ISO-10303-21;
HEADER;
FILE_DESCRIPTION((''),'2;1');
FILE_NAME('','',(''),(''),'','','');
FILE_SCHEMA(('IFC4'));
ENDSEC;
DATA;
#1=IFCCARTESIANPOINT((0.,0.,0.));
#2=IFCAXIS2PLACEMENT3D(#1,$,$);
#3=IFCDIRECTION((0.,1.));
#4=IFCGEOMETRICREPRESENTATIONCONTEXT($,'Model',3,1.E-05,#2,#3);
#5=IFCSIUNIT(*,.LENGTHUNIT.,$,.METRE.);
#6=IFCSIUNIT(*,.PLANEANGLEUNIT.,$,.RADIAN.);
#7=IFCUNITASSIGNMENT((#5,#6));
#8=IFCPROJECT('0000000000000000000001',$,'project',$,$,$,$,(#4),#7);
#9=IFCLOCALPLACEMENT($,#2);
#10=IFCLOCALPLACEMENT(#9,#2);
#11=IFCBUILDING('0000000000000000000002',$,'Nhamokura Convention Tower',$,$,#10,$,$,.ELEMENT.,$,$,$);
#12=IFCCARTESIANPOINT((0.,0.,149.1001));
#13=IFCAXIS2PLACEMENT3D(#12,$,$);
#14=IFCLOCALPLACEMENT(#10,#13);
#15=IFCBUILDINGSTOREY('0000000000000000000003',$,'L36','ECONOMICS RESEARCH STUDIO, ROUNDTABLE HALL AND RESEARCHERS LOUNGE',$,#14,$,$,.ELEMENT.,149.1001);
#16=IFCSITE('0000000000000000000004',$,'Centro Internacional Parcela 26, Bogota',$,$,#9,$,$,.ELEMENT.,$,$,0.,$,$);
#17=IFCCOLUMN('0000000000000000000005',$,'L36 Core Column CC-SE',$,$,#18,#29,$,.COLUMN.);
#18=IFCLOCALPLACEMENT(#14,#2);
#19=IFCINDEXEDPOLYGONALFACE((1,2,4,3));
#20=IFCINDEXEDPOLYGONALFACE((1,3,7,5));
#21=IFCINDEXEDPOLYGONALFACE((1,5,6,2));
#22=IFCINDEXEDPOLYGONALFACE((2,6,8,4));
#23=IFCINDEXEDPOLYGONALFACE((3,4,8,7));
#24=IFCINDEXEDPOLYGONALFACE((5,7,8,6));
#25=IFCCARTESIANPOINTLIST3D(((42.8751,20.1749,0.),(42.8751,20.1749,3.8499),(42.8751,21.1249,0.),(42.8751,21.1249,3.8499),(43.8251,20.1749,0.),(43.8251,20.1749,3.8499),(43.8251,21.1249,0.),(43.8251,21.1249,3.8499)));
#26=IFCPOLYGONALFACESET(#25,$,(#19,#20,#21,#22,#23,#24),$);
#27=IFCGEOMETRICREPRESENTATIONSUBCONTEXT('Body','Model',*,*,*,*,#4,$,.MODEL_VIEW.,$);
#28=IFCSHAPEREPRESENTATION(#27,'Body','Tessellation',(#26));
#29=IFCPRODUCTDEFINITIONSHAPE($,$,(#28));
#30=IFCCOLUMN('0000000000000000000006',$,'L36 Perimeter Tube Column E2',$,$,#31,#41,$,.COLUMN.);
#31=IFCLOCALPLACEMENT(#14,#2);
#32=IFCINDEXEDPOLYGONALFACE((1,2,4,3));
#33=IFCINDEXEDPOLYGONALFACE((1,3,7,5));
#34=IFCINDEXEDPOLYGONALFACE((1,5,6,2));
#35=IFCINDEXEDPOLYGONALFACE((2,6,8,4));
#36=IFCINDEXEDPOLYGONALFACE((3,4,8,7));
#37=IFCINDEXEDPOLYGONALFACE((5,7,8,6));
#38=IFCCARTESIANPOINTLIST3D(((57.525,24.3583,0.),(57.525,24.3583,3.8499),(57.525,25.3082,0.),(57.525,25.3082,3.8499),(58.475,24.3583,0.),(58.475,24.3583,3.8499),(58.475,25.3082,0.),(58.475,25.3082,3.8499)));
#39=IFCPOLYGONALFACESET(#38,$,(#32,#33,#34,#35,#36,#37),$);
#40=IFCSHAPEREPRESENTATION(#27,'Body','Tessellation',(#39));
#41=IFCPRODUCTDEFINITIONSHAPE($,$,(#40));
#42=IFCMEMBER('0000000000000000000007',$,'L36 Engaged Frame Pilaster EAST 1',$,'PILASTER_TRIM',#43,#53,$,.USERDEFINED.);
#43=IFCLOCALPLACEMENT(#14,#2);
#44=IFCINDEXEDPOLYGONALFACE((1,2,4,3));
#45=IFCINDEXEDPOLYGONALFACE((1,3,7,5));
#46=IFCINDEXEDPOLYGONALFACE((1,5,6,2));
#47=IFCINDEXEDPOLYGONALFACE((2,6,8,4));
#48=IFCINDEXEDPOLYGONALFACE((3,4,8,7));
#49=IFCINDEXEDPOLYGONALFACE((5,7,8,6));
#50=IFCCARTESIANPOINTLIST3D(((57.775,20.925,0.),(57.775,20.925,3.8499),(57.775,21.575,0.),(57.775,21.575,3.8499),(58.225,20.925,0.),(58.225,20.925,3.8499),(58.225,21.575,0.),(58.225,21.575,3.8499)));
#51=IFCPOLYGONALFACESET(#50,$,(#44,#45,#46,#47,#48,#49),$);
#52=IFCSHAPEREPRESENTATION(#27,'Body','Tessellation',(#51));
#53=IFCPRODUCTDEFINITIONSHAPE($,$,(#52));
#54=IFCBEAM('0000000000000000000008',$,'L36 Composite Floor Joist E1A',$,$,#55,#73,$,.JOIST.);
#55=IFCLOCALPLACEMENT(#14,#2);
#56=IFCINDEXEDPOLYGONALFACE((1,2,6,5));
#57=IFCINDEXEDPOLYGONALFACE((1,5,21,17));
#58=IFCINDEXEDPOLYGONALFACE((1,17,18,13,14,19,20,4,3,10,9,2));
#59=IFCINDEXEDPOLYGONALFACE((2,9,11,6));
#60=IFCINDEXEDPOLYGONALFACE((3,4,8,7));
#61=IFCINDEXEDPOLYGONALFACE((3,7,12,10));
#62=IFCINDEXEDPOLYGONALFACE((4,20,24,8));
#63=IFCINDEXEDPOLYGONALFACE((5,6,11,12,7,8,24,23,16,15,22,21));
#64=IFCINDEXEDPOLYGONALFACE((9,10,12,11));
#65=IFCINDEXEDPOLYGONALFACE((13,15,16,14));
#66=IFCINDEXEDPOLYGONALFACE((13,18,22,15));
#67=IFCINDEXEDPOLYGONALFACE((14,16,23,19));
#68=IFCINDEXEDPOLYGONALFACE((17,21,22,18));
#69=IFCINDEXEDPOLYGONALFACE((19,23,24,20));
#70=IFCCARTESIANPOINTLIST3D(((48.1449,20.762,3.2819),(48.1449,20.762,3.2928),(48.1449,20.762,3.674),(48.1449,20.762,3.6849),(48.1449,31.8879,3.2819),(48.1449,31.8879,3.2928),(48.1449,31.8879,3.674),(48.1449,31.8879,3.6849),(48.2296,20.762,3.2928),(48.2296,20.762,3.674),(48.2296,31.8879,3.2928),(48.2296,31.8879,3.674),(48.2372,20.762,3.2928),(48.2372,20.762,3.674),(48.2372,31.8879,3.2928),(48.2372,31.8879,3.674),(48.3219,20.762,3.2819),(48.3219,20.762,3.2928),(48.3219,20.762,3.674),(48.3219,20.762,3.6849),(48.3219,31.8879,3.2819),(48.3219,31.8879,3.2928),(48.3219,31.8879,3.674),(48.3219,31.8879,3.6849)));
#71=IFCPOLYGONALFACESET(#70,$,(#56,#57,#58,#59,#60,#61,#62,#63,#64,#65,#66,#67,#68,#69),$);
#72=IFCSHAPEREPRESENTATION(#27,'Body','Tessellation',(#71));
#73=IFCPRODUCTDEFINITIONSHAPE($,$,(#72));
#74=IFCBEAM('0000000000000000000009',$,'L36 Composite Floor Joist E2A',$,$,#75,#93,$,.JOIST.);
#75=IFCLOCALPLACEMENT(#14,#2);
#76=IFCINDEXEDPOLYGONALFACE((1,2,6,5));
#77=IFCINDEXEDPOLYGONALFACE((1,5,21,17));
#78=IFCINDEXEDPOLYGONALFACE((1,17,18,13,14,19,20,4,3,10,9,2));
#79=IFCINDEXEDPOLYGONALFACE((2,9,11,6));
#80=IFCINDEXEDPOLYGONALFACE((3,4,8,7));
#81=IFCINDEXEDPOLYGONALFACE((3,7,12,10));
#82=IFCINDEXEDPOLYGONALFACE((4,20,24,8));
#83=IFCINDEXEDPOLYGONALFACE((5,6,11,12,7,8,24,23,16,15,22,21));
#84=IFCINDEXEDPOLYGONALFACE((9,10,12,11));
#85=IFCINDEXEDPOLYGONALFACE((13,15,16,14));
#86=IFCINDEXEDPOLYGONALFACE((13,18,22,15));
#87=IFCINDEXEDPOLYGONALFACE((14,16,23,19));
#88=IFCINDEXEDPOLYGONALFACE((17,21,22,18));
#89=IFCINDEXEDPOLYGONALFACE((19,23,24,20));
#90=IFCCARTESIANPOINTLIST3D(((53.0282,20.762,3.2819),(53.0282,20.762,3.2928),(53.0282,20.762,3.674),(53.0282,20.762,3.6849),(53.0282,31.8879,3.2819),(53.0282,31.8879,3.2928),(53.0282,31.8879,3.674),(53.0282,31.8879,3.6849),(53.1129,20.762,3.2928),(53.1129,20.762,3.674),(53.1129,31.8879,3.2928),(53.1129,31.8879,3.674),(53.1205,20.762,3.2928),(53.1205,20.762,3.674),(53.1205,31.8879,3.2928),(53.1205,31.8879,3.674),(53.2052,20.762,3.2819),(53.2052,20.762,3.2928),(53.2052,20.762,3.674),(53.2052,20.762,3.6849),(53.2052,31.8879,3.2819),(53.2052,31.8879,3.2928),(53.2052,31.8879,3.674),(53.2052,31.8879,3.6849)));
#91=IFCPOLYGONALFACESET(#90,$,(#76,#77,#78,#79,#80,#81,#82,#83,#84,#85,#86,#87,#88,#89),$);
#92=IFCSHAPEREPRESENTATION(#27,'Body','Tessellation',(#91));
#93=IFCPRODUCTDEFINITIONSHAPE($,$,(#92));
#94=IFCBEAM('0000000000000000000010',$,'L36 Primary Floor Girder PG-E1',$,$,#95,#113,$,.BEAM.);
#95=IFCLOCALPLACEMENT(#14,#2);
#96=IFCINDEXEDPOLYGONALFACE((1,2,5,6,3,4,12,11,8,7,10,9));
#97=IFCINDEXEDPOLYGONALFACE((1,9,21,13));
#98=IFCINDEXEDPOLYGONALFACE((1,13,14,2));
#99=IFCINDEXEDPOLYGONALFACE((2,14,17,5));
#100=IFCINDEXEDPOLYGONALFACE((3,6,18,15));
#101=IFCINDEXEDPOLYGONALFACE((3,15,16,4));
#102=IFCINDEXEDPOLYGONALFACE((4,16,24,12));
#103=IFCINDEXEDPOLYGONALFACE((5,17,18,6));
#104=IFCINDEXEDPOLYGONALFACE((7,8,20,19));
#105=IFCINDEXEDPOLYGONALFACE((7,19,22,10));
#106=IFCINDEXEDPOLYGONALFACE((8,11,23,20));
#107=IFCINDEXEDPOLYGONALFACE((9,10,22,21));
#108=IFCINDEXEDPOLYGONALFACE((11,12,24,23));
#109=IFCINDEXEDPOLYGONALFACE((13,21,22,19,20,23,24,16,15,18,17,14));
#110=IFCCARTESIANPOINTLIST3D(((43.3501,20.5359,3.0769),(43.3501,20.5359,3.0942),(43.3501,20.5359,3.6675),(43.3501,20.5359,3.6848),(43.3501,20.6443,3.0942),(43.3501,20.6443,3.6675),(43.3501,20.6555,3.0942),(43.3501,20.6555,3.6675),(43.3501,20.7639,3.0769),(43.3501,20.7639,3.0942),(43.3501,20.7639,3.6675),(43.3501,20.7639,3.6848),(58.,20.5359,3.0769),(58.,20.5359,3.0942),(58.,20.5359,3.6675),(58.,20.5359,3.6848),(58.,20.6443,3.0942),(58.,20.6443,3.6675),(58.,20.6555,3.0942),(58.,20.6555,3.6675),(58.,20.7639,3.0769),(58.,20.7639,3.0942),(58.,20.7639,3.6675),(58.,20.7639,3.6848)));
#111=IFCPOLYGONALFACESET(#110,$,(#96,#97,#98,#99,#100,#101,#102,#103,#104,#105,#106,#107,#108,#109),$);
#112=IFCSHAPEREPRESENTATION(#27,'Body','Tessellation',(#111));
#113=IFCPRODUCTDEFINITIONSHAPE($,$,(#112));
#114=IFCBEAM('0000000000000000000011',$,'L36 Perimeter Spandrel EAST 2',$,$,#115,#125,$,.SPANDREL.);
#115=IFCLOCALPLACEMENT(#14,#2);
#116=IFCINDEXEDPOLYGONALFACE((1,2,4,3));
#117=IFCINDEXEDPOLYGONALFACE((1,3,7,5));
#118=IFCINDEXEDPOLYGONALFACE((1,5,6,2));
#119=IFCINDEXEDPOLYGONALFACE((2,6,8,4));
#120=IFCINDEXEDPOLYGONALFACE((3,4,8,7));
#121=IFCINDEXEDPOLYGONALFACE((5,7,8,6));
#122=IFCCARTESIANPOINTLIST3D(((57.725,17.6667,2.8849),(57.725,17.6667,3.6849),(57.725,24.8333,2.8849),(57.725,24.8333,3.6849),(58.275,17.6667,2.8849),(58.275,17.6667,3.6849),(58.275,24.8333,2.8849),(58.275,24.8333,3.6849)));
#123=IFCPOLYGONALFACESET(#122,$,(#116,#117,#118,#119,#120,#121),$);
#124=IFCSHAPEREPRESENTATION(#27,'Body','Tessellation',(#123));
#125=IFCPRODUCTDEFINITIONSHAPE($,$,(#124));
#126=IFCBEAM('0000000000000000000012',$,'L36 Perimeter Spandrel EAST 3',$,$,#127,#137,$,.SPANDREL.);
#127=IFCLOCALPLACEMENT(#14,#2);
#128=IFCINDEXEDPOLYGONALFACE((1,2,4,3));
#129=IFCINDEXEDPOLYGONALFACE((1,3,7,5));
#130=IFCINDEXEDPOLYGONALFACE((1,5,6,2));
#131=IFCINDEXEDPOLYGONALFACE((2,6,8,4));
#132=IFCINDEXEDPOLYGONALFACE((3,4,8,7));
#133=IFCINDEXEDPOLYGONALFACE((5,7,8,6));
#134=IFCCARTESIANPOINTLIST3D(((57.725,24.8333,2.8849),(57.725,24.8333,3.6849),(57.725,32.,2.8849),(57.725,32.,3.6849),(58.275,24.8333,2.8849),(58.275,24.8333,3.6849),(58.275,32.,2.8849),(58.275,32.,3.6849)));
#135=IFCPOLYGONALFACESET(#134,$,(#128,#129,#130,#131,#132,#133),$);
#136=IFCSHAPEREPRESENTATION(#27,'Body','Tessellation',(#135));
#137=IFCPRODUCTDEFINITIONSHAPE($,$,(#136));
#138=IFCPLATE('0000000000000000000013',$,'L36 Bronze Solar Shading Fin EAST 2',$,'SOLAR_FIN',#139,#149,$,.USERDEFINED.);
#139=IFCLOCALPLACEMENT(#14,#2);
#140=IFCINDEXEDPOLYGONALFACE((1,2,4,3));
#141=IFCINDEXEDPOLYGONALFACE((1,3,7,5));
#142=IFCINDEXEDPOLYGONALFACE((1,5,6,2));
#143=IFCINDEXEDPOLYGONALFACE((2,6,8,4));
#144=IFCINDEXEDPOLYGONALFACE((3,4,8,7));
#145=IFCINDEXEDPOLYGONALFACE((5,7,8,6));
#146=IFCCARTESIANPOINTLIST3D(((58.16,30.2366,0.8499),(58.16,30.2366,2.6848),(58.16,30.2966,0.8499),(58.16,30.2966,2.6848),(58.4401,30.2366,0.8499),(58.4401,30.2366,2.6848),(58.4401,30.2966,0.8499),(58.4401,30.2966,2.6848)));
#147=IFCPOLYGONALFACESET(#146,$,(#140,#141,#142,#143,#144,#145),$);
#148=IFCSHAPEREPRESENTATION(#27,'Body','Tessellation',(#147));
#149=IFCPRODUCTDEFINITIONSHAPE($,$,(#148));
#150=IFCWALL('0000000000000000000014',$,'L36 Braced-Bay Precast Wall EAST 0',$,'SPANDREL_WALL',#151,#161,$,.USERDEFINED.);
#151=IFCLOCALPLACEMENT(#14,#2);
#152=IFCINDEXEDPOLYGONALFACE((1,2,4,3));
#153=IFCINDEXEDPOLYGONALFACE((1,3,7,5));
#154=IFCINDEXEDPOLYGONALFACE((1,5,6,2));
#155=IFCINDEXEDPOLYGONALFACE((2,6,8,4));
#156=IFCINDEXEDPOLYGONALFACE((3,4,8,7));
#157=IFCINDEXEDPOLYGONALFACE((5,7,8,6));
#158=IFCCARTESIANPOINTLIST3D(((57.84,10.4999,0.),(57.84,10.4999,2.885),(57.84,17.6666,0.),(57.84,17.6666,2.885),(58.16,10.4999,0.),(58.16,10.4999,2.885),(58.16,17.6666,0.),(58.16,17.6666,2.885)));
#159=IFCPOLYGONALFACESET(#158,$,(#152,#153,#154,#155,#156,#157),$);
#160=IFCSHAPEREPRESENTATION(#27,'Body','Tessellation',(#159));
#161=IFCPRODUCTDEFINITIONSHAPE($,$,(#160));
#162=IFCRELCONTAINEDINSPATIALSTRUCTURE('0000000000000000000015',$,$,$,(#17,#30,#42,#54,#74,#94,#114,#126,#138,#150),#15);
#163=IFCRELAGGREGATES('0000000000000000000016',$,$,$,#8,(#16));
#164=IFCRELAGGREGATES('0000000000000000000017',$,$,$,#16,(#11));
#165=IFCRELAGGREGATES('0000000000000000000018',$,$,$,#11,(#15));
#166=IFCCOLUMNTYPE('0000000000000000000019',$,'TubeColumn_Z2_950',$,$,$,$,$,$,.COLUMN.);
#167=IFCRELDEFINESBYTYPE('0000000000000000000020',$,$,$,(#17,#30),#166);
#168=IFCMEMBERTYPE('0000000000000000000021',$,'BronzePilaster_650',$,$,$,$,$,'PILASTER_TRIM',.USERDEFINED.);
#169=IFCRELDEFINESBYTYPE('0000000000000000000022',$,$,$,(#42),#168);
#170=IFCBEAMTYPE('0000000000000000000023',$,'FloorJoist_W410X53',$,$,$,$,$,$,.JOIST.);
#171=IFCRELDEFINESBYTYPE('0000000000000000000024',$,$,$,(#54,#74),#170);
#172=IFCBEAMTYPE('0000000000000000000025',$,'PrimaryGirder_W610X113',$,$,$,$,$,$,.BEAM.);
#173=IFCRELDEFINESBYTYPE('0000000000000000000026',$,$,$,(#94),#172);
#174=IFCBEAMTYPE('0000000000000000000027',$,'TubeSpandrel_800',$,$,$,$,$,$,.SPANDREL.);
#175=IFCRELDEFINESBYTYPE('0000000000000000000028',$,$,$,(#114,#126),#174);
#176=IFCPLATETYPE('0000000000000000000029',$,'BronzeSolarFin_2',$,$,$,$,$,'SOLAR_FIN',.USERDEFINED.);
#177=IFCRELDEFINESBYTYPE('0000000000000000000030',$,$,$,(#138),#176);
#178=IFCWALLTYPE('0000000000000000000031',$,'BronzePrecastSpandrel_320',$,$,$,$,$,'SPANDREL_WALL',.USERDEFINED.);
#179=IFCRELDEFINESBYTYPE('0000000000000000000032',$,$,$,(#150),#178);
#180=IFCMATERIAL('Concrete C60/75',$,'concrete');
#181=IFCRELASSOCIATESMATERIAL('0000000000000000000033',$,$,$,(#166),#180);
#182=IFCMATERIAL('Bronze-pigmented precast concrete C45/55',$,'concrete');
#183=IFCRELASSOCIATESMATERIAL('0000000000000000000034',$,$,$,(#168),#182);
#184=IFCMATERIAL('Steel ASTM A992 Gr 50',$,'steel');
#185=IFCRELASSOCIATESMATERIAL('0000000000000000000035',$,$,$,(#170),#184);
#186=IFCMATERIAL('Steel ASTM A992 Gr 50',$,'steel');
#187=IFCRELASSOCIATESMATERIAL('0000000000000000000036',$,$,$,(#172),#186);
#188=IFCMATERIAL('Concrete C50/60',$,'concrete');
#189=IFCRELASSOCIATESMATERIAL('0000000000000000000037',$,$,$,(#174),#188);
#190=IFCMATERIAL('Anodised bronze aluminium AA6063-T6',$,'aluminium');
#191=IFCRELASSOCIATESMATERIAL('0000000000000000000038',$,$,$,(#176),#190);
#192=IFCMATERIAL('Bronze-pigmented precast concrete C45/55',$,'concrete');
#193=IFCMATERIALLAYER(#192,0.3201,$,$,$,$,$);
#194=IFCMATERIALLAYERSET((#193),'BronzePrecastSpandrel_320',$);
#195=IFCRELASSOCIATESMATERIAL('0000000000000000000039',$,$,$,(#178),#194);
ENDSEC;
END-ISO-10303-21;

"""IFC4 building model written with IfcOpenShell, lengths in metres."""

from ifc_helpers import new_model, si_unit, direction, frame, frame_2d, origin, origin_2d, place, context, subcontext, project, spatial, rectangle, i_section, extrude, material, layer, layer_set, material_profile, profile_set, type_object, element, save


model = new_model("IFC4")

# Units and contexts
model_context = context("Model", 3, precision=1e-05, world=origin(), true_north=direction((0.0, 1.0)))
body_context = subcontext(model_context, "Body", "Model", "MODEL_VIEW")
ifc_project = project(units=[si_unit("LENGTHUNIT", "METRE"), si_unit("PLANEANGLEUNIT", "RADIAN")], contexts=[model_context])

# Site, building, storey
site_placement = place(None, origin())
site = spatial("IfcSite", under=ifc_project, at=site_placement, Name="Centro Internacional Parcela 26, Bogota", CompositionType="ELEMENT", RefElevation=0.0)
building_placement = place(site_placement, origin())
building = spatial("IfcBuilding", under=site, at=building_placement, Name="Nhamokura Convention Tower", CompositionType="ELEMENT")
storey_placement = place(building_placement, frame((0.0, 0.0, 149.1001)))
storey = spatial("IfcBuildingStorey", under=building, at=storey_placement, Name="L36", Description="ECONOMICS RESEARCH STUDIO, ROUNDTABLE HALL AND RESEARCHERS LOUNGE", CompositionType="ELEMENT", Elevation=149.1001)

# Columns
ifc_material_1 = material(Name="Concrete C60/75", Category="concrete")
ifc_material_profile_1 = material_profile(ifc_material_1, rectangle(XDim=0.95, YDim=0.95, at=origin_2d()))
ifc_profile_set_1 = profile_set([ifc_material_profile_1], Name="Concrete C60/75")
column_type = type_object("IfcColumnType", Name="TubeColumn_Z2_950", PredefinedType="COLUMN", material=ifc_profile_set_1)
for number, where, z_axis, x_axis, name in (
    (1, (43.3501, 20.6499, 0.0), (0.0, 0.0, 1.0), (1.0, 0.0, 0.0), "L36 Core Column CC-SE"),
    (2, (58.0, 24.8333, 0.0), (0.0, 0.0, 1.0), (1.0, 0.0, 0.0), "L36 Perimeter Tube Column E2"),
):
    element("IfcColumn", number, at=place(storey_placement, frame(where, z_axis=z_axis, x_axis=x_axis)), inside=storey, type_object=column_type, Name=name, PredefinedType="COLUMN", context=body_context, shape_type="SweptSolid", body=[
        extrude(rectangle(XDim=0.95, YDim=0.95, at=origin_2d()), origin(), (0.0, 0.0, 1.0), 3.8499),
    ])

# Member
ifc_material_2 = material(Name="Bronze-pigmented precast concrete C45/55", Category="concrete")
ifc_material_profile_2 = material_profile(ifc_material_2, rectangle(XDim=0.45, YDim=0.6499, at=origin_2d()))
ifc_profile_set_2 = profile_set([ifc_material_profile_2], Name="Bronze-pigmented precast concrete C45/55")
member_type = type_object("IfcMemberType", Name="BronzePilaster_650", ElementType="PILASTER_TRIM", PredefinedType="USERDEFINED", material=ifc_profile_set_2)
member_placement = place(storey_placement, frame((58.0, 21.25, 0.0), z_axis=(0.0, 0.0, 1.0), x_axis=(1.0, 0.0, 0.0)))
element("IfcMember", 3, at=member_placement, inside=storey, type_object=member_type, Name="L36 Engaged Frame Pilaster EAST 1", ObjectType="PILASTER_TRIM", PredefinedType="USERDEFINED", context=body_context, shape_type="SweptSolid", body=[
    extrude(rectangle(XDim=0.45, YDim=0.6499, at=origin_2d()), origin(), (0.0, 0.0, 1.0), 3.8499),
])

# Beams
ifc_material_3 = material(Name="Steel ASTM A992 Gr 50", Category="steel")
ifc_material_profile_3 = material_profile(ifc_material_3, i_section(OverallWidth=0.177, OverallDepth=0.4031, WebThickness=0.0076, FlangeThickness=0.011, at=origin_2d()))
ifc_profile_set_3 = profile_set([ifc_material_profile_3], Name="Steel ASTM A992 Gr 50")
beam_type_1 = type_object("IfcBeamType", Name="FloorJoist_W410X53", PredefinedType="JOIST", material=ifc_profile_set_3)
for number, where, z_axis, x_axis, name in (
    (4, (48.2334, 20.762, 3.4834), (0.0, 1.0, 0.0), (-1.0, 0.0, 0.0), "L36 Composite Floor Joist E1A"),
    (5, (53.1167, 20.762, 3.4834), (0.0, 1.0, 0.0), (-1.0, 0.0, 0.0), "L36 Composite Floor Joist E2A"),
):
    element("IfcBeam", number, at=place(storey_placement, frame(where, z_axis=z_axis, x_axis=x_axis)), inside=storey, type_object=beam_type_1, Name=name, PredefinedType="JOIST", context=body_context, shape_type="SweptSolid", body=[
        extrude(i_section(OverallWidth=0.177, OverallDepth=0.4031, WebThickness=0.0076, FlangeThickness=0.011, at=origin_2d()), origin(), (0.0, 0.0, 1.0), 11.126),
    ])
ifc_material_4 = material(Name="Steel ASTM A992 Gr 50", Category="steel")
ifc_material_profile_4 = material_profile(ifc_material_4, i_section(OverallWidth=0.228, OverallDepth=0.6079, WebThickness=0.0112, FlangeThickness=0.0173, at=origin_2d()))
ifc_profile_set_4 = profile_set([ifc_material_profile_4], Name="Steel ASTM A992 Gr 50")
beam_type_2 = type_object("IfcBeamType", Name="PrimaryGirder_W610X113", PredefinedType="BEAM", material=ifc_profile_set_4)
beam_1_placement = place(storey_placement, frame((43.3501, 20.6499, 3.3809), z_axis=(1.0, 0.0, 0.0), x_axis=(0.0, 1.0, 0.0)))
element("IfcBeam", 6, at=beam_1_placement, inside=storey, type_object=beam_type_2, Name="L36 Primary Floor Girder PG-E1", PredefinedType="BEAM", context=body_context, shape_type="SweptSolid", body=[
    extrude(i_section(OverallWidth=0.228, OverallDepth=0.6079, WebThickness=0.0112, FlangeThickness=0.0173, at=origin_2d()), origin(), (0.0, 0.0, 1.0), 14.6499),
])
ifc_material_5 = material(Name="Concrete C50/60", Category="concrete")
ifc_material_profile_5 = material_profile(ifc_material_5, rectangle(XDim=0.55, YDim=0.8, at=origin_2d()))
ifc_profile_set_5 = profile_set([ifc_material_profile_5], Name="Concrete C50/60")
beam_type_3 = type_object("IfcBeamType", Name="TubeSpandrel_800", PredefinedType="SPANDREL", material=ifc_profile_set_5)
beam_2_placement = place(storey_placement, frame((58.0, 17.6667, 3.2849), z_axis=(0.0, 1.0, 0.0), x_axis=(-1.0, 0.0, 0.0)))
element("IfcBeam", 7, at=beam_2_placement, inside=storey, type_object=beam_type_3, Name="L36 Perimeter Spandrel EAST 2", PredefinedType="SPANDREL", context=body_context, shape_type="SweptSolid", body=[
    extrude(rectangle(XDim=0.55, YDim=0.8, at=origin_2d()), origin(), (0.0, 0.0, 1.0), 7.1665),
])
beam_3_placement = place(storey_placement, frame((58.0, 24.8333, 3.2849), z_axis=(0.0, 1.0, 0.0), x_axis=(-1.0, 0.0, 0.0)))
element("IfcBeam", 8, at=beam_3_placement, inside=storey, type_object=beam_type_3, Name="L36 Perimeter Spandrel EAST 3", PredefinedType="SPANDREL", context=body_context, shape_type="SweptSolid", body=[
    extrude(rectangle(XDim=0.55, YDim=0.8, at=origin_2d()), origin(), (0.0, 0.0, 1.0), 7.1667),
])

# Plate
ifc_material_6 = material(Name="Anodised bronze aluminium AA6063-T6", Category="aluminium")
plate_type = type_object("IfcPlateType", Name="BronzeSolarFin_2", ElementType="SOLAR_FIN", PredefinedType="USERDEFINED", material=ifc_material_6)
plate_placement = place(storey_placement, frame((58.3, 30.2666, 0.8499), z_axis=(0.0, 0.0, 1.0), x_axis=(1.0, 0.0, 0.0)))
element("IfcPlate", 9, at=plate_placement, inside=storey, type_object=plate_type, Name="L36 Bronze Solar Shading Fin EAST 2", ObjectType="SOLAR_FIN", PredefinedType="USERDEFINED", context=body_context, shape_type="SweptSolid", body=[
    extrude(rectangle(XDim=0.28, YDim=0.0601, at=origin_2d()), origin(), (0.0, 0.0, 1.0), 1.835),
])

# Wall
ifc_material_7 = material(Name="Bronze-pigmented precast concrete C45/55", Category="concrete")
ifc_layer_1 = layer(ifc_material_7, 0.3201)
ifc_layer_set_1 = layer_set([ifc_layer_1], Name="BronzePrecastSpandrel_320")
wall_type_1 = type_object("IfcWallType", Name="BronzePrecastSpandrel_320", ElementType="SPANDREL_WALL", PredefinedType="USERDEFINED", material=ifc_layer_set_1)
wall_1_placement = place(storey_placement, frame((58.0, 17.6667, 0.0), z_axis=(0.0, 0.0, 1.0), x_axis=(0.0, -1.0, 0.0)))
element("IfcWall", 10, at=wall_1_placement, inside=storey, type_object=wall_type_1, Name="L36 Braced-Bay Precast Wall EAST 0", ObjectType="SPANDREL_WALL", PredefinedType="USERDEFINED", context=body_context, shape_type="SweptSolid", body=[
    extrude(rectangle(XDim=7.1667, YDim=0.3201, at=frame_2d((3.5835, 0.0))), origin(), (0.0, 0.0, 1.0), 2.885),
])

save(model, "model.ifc")
